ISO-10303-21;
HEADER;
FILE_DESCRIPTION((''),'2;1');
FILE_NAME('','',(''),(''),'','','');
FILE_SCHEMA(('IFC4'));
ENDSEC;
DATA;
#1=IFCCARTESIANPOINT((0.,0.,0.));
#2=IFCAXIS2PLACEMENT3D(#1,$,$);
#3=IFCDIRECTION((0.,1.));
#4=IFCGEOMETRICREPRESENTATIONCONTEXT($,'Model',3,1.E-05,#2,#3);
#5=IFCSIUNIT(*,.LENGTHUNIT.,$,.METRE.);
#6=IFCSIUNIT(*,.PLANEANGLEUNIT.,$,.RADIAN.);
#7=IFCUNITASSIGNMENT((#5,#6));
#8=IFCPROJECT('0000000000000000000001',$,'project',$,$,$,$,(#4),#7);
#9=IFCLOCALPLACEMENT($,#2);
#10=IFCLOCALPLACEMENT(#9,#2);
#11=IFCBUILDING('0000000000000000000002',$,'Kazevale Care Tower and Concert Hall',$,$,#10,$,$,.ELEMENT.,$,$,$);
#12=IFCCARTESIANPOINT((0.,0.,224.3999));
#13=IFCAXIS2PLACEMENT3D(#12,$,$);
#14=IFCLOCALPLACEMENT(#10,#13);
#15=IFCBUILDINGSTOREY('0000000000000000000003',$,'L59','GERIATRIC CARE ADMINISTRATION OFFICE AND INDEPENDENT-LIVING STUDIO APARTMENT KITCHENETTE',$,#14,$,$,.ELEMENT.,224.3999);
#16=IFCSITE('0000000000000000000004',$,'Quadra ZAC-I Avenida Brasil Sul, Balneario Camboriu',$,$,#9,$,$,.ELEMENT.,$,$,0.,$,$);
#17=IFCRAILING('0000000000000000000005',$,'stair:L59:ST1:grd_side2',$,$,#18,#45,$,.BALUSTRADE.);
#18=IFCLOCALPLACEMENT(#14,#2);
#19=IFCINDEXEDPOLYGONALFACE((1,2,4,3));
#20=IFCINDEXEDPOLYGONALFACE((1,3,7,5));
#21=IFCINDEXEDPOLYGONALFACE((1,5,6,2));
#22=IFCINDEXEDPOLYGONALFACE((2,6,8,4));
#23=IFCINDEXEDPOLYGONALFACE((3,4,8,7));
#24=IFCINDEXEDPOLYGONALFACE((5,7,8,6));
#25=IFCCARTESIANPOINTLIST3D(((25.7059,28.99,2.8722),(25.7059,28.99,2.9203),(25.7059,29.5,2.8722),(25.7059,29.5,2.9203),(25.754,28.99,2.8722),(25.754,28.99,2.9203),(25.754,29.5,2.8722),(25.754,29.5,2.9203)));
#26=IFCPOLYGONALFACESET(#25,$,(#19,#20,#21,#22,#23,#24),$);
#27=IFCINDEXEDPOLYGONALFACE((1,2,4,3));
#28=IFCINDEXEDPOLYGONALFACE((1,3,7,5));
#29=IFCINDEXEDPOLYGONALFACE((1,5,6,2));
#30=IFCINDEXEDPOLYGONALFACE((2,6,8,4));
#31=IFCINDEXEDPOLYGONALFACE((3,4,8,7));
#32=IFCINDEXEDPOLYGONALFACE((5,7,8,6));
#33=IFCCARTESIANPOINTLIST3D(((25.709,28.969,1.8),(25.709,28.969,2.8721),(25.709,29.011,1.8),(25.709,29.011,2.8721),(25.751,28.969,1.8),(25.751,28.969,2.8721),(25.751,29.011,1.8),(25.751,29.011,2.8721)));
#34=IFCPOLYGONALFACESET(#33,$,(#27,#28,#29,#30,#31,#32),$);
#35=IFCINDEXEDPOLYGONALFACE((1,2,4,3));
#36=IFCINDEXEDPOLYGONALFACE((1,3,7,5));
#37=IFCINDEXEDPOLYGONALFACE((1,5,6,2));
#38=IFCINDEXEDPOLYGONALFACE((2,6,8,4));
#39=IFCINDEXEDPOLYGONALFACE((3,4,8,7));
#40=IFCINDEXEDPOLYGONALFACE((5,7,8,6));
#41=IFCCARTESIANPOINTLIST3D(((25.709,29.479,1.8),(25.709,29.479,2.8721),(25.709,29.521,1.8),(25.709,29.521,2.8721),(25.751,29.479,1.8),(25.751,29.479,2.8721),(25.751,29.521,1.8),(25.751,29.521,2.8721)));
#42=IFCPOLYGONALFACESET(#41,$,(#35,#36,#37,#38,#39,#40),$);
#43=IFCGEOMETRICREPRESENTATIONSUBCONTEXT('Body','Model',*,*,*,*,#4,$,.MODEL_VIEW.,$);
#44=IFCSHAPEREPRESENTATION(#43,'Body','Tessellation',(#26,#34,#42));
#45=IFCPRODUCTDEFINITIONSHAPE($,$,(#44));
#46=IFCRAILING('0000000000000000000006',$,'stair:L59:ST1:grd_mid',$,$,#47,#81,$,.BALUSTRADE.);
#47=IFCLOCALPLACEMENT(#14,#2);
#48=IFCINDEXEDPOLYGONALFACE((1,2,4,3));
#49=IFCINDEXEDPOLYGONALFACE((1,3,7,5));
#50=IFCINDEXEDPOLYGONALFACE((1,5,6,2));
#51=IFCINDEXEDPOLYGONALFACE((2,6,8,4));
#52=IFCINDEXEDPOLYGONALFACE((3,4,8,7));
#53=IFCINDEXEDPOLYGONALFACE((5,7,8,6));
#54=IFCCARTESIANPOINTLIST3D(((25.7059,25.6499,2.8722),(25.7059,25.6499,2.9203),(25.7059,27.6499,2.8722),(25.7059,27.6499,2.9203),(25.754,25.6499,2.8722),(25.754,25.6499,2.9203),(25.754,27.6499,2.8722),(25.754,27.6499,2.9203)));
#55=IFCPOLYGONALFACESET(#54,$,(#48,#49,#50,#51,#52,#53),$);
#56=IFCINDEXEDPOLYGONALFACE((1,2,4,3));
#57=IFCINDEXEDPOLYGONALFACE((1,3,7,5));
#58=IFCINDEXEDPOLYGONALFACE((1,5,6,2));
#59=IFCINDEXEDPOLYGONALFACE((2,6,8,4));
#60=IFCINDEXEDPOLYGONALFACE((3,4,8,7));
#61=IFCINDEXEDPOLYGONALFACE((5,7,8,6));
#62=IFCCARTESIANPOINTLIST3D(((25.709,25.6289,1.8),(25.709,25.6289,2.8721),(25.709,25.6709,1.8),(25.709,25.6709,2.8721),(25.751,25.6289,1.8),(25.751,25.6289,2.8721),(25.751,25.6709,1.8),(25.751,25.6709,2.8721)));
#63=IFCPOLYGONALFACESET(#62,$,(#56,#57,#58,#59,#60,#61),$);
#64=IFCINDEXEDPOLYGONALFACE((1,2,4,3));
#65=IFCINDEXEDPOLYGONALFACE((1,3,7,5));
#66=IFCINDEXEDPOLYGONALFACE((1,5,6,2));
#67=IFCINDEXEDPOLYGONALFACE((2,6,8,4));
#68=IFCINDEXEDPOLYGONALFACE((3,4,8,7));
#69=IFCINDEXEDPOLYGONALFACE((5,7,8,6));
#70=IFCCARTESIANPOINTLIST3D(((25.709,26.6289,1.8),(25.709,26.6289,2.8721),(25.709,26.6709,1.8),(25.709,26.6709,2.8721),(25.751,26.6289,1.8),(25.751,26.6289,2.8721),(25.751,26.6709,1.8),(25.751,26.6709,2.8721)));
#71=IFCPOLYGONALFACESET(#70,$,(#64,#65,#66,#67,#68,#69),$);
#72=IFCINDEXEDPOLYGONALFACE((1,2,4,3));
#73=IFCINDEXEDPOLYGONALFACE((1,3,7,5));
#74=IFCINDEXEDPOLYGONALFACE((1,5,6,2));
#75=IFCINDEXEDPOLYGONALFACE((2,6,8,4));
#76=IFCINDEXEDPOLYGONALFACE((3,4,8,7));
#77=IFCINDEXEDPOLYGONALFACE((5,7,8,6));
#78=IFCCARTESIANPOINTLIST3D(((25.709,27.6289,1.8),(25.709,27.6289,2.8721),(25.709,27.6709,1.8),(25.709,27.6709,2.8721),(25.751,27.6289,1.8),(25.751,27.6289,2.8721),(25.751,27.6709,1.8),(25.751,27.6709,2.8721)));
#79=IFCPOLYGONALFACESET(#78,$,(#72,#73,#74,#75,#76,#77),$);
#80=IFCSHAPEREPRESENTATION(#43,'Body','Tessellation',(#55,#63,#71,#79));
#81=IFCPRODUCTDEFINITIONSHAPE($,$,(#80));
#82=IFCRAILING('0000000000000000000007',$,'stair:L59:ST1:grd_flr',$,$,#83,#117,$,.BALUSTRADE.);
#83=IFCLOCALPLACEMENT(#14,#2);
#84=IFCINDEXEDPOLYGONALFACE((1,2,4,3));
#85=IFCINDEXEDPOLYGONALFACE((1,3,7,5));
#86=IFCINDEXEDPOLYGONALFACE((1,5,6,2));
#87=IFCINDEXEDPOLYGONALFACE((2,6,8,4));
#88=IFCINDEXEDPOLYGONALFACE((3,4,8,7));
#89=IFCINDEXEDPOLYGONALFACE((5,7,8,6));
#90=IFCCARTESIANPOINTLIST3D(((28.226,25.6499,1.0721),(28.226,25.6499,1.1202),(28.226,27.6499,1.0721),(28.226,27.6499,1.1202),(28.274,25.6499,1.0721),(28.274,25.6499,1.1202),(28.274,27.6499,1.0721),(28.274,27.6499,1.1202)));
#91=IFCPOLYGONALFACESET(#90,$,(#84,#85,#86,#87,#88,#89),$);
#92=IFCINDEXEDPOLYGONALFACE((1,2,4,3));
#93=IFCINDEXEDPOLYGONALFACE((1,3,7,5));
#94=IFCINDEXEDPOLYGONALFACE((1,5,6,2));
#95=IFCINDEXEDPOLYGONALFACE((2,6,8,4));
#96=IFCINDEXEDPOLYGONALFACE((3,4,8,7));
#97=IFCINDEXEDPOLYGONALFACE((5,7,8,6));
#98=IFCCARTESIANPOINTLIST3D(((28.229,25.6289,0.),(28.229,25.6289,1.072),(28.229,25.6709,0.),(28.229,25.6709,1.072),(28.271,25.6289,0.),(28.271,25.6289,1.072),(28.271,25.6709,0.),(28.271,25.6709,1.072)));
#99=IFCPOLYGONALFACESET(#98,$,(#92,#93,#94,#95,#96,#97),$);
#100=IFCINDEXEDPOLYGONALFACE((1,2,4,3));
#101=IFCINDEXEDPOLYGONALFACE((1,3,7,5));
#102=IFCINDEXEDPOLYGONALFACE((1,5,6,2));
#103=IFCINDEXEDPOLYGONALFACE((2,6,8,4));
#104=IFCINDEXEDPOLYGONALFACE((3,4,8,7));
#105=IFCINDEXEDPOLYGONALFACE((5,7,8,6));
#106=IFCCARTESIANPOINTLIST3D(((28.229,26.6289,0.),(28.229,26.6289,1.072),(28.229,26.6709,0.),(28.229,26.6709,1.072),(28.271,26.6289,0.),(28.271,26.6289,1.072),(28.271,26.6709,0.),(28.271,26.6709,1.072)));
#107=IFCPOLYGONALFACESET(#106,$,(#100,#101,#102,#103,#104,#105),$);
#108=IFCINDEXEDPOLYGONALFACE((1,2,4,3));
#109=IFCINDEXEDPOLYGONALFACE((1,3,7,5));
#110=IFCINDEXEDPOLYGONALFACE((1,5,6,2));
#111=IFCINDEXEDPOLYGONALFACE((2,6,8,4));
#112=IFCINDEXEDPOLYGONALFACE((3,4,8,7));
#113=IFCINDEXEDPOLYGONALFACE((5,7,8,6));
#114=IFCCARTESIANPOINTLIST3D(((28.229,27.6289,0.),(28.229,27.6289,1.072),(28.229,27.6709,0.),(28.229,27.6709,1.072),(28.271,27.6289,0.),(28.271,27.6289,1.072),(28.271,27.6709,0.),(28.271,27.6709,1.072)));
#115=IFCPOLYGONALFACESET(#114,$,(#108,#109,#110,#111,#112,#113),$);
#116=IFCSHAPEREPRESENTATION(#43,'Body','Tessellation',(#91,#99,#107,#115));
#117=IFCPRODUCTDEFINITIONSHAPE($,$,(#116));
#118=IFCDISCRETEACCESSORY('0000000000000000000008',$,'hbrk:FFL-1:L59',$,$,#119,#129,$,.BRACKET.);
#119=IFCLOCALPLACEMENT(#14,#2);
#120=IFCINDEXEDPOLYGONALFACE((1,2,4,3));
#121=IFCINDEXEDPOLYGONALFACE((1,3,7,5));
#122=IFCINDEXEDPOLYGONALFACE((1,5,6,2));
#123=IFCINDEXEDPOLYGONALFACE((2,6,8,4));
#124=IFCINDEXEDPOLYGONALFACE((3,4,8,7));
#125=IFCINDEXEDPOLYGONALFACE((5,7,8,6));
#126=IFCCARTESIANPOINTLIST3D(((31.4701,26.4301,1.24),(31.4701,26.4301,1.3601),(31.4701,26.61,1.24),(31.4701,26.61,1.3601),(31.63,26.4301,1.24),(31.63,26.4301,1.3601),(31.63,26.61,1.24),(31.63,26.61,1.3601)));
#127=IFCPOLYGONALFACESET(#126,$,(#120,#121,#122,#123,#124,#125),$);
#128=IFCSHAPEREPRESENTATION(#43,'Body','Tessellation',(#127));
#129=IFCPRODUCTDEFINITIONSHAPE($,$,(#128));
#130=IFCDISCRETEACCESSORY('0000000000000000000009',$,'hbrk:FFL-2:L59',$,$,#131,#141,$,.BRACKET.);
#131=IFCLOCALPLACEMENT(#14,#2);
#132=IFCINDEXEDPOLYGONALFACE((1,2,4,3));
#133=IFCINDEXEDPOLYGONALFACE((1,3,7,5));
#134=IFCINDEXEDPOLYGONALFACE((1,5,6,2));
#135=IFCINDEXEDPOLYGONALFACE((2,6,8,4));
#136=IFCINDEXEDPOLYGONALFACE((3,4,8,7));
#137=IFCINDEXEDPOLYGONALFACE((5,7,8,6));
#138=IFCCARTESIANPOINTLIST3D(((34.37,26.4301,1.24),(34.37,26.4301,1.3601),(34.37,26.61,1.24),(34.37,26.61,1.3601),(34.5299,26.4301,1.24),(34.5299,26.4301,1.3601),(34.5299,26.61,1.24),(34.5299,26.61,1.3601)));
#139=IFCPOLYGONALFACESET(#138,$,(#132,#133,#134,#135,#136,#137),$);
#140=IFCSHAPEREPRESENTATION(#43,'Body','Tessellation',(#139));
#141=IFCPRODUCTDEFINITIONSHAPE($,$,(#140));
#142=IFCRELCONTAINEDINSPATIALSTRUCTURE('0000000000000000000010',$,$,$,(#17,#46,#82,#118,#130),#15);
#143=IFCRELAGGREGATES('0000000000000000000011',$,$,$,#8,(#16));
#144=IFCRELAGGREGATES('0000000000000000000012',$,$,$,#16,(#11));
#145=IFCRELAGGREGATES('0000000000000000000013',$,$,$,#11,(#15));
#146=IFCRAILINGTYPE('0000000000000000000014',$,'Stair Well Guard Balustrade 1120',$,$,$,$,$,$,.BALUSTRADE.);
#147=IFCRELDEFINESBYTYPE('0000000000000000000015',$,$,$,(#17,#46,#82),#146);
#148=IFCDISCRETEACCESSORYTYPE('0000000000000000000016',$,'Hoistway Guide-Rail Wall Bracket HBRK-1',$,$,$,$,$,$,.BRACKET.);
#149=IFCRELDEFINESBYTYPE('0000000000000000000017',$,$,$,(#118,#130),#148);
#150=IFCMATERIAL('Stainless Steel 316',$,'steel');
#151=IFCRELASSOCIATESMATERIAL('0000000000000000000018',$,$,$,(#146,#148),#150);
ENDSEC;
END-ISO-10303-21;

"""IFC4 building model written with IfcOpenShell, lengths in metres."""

from ifc_helpers import new_model, si_unit, direction, frame, origin, origin_2d, place, context, subcontext, project, spatial, rectangle, extrude, material, type_object, element, save


model = new_model("IFC4")

# Units and contexts
model_context = context("Model", 3, precision=1e-05, world=origin(), true_north=direction((0.0, 1.0)))
body_context = subcontext(model_context, "Body", "Model", "MODEL_VIEW")
ifc_project = project(units=[si_unit("LENGTHUNIT", "METRE"), si_unit("PLANEANGLEUNIT", "RADIAN")], contexts=[model_context])

# Site, building, storey
site_placement = place(None, origin())
site = spatial("IfcSite", under=ifc_project, at=site_placement, Name="Quadra ZAC-I Avenida Brasil Sul, Balneario Camboriu", CompositionType="ELEMENT", RefElevation=0.0)
building_placement = place(site_placement, origin())
building = spatial("IfcBuilding", under=site, at=building_placement, Name="Kazevale Care Tower and Concert Hall", CompositionType="ELEMENT")
storey_placement = place(building_placement, frame((0.0, 0.0, 224.3999)))
storey = spatial("IfcBuildingStorey", under=building, at=storey_placement, Name="L59", Description="GERIATRIC CARE ADMINISTRATION OFFICE AND INDEPENDENT-LIVING STUDIO APARTMENT KITCHENETTE", CompositionType="ELEMENT", Elevation=224.3999)

# Shared definitions
ifc_material_1 = material(Name="Stainless Steel 316", Category="steel")

# Railings
railing_type_1 = type_object("IfcRailingType", Name="Stair Well Guard Balustrade 1120", PredefinedType="BALUSTRADE", material=ifc_material_1)
railing_1_placement = place(storey_placement, frame((25.73, 28.99, 1.8)))
element("IfcRailing", 1, at=railing_1_placement, inside=storey, type_object=railing_type_1, Name="stair:L59:ST1:grd_side2", PredefinedType="BALUSTRADE", context=body_context, shape_type="SweptSolid", body=[
    extrude(rectangle(XDim=0.0481, YDim=0.0481, at=origin_2d()), frame((0.0, 0.0, 1.0962), z_axis=(0.0, 1.0, 0.0), x_axis=(-1.0, 0.0, 0.0)), (0.0, 0.0, 1.0), 0.51),
    extrude(rectangle(XDim=0.042, YDim=0.042, at=origin_2d()), origin(), (0.0, 0.0, 1.0), 1.072),
    extrude(rectangle(XDim=0.042, YDim=0.042, at=origin_2d()), frame((0.0, 0.51, 0.0)), (0.0, 0.0, 1.0), 1.072),
])
for number, where, name in (
    (2, (25.73, 25.6499, 1.8), "stair:L59:ST1:grd_mid"),
    (3, (28.25, 25.6499, 0.0), "stair:L59:ST1:grd_flr"),
):
    element("IfcRailing", number, at=place(storey_placement, frame(where)), inside=storey, type_object=railing_type_1, Name=name, PredefinedType="BALUSTRADE", context=body_context, shape_type="SweptSolid", body=[
        extrude(rectangle(XDim=0.0481, YDim=0.0481, at=origin_2d()), frame((0.0, 0.0, 1.0962), z_axis=(0.0, 1.0, 0.0), x_axis=(-1.0, 0.0, 0.0)), (0.0, 0.0, 1.0), 2.0),
        extrude(rectangle(XDim=0.042, YDim=0.042, at=origin_2d()), origin(), (0.0, 0.0, 1.0), 1.072),
        extrude(rectangle(XDim=0.042, YDim=0.042, at=origin_2d()), frame((0.0, 1.0, 0.0)), (0.0, 0.0, 1.0), 1.072),
        extrude(rectangle(XDim=0.042, YDim=0.042, at=origin_2d()), frame((0.0, 2.0, 0.0)), (0.0, 0.0, 1.0), 1.072),
    ])

# Discrete accessories
discrete_accessory_type = type_object("IfcDiscreteAccessoryType", Name="Hoistway Guide-Rail Wall Bracket HBRK-1", PredefinedType="BRACKET", material=ifc_material_1)
for number, where, z_axis, x_axis, name in (
    (4, (31.55, 26.52, 1.24), (0.0, 0.0, 1.0), (1.0, 0.0, 0.0), "hbrk:FFL-1:L59"),
    (5, (34.45, 26.52, 1.24), (0.0, 0.0, 1.0), (1.0, 0.0, 0.0), "hbrk:FFL-2:L59"),
):
    element("IfcDiscreteAccessory", number, at=place(storey_placement, frame(where, z_axis=z_axis, x_axis=x_axis)), inside=storey, type_object=discrete_accessory_type, Name=name, PredefinedType="BRACKET", context=body_context, shape_type="SweptSolid", body=[
        extrude(rectangle(XDim=0.1599, YDim=0.1799, at=origin_2d()), origin(), (0.0, 0.0, 1.0), 0.1201),
    ])

save(model, "model.ifc")
